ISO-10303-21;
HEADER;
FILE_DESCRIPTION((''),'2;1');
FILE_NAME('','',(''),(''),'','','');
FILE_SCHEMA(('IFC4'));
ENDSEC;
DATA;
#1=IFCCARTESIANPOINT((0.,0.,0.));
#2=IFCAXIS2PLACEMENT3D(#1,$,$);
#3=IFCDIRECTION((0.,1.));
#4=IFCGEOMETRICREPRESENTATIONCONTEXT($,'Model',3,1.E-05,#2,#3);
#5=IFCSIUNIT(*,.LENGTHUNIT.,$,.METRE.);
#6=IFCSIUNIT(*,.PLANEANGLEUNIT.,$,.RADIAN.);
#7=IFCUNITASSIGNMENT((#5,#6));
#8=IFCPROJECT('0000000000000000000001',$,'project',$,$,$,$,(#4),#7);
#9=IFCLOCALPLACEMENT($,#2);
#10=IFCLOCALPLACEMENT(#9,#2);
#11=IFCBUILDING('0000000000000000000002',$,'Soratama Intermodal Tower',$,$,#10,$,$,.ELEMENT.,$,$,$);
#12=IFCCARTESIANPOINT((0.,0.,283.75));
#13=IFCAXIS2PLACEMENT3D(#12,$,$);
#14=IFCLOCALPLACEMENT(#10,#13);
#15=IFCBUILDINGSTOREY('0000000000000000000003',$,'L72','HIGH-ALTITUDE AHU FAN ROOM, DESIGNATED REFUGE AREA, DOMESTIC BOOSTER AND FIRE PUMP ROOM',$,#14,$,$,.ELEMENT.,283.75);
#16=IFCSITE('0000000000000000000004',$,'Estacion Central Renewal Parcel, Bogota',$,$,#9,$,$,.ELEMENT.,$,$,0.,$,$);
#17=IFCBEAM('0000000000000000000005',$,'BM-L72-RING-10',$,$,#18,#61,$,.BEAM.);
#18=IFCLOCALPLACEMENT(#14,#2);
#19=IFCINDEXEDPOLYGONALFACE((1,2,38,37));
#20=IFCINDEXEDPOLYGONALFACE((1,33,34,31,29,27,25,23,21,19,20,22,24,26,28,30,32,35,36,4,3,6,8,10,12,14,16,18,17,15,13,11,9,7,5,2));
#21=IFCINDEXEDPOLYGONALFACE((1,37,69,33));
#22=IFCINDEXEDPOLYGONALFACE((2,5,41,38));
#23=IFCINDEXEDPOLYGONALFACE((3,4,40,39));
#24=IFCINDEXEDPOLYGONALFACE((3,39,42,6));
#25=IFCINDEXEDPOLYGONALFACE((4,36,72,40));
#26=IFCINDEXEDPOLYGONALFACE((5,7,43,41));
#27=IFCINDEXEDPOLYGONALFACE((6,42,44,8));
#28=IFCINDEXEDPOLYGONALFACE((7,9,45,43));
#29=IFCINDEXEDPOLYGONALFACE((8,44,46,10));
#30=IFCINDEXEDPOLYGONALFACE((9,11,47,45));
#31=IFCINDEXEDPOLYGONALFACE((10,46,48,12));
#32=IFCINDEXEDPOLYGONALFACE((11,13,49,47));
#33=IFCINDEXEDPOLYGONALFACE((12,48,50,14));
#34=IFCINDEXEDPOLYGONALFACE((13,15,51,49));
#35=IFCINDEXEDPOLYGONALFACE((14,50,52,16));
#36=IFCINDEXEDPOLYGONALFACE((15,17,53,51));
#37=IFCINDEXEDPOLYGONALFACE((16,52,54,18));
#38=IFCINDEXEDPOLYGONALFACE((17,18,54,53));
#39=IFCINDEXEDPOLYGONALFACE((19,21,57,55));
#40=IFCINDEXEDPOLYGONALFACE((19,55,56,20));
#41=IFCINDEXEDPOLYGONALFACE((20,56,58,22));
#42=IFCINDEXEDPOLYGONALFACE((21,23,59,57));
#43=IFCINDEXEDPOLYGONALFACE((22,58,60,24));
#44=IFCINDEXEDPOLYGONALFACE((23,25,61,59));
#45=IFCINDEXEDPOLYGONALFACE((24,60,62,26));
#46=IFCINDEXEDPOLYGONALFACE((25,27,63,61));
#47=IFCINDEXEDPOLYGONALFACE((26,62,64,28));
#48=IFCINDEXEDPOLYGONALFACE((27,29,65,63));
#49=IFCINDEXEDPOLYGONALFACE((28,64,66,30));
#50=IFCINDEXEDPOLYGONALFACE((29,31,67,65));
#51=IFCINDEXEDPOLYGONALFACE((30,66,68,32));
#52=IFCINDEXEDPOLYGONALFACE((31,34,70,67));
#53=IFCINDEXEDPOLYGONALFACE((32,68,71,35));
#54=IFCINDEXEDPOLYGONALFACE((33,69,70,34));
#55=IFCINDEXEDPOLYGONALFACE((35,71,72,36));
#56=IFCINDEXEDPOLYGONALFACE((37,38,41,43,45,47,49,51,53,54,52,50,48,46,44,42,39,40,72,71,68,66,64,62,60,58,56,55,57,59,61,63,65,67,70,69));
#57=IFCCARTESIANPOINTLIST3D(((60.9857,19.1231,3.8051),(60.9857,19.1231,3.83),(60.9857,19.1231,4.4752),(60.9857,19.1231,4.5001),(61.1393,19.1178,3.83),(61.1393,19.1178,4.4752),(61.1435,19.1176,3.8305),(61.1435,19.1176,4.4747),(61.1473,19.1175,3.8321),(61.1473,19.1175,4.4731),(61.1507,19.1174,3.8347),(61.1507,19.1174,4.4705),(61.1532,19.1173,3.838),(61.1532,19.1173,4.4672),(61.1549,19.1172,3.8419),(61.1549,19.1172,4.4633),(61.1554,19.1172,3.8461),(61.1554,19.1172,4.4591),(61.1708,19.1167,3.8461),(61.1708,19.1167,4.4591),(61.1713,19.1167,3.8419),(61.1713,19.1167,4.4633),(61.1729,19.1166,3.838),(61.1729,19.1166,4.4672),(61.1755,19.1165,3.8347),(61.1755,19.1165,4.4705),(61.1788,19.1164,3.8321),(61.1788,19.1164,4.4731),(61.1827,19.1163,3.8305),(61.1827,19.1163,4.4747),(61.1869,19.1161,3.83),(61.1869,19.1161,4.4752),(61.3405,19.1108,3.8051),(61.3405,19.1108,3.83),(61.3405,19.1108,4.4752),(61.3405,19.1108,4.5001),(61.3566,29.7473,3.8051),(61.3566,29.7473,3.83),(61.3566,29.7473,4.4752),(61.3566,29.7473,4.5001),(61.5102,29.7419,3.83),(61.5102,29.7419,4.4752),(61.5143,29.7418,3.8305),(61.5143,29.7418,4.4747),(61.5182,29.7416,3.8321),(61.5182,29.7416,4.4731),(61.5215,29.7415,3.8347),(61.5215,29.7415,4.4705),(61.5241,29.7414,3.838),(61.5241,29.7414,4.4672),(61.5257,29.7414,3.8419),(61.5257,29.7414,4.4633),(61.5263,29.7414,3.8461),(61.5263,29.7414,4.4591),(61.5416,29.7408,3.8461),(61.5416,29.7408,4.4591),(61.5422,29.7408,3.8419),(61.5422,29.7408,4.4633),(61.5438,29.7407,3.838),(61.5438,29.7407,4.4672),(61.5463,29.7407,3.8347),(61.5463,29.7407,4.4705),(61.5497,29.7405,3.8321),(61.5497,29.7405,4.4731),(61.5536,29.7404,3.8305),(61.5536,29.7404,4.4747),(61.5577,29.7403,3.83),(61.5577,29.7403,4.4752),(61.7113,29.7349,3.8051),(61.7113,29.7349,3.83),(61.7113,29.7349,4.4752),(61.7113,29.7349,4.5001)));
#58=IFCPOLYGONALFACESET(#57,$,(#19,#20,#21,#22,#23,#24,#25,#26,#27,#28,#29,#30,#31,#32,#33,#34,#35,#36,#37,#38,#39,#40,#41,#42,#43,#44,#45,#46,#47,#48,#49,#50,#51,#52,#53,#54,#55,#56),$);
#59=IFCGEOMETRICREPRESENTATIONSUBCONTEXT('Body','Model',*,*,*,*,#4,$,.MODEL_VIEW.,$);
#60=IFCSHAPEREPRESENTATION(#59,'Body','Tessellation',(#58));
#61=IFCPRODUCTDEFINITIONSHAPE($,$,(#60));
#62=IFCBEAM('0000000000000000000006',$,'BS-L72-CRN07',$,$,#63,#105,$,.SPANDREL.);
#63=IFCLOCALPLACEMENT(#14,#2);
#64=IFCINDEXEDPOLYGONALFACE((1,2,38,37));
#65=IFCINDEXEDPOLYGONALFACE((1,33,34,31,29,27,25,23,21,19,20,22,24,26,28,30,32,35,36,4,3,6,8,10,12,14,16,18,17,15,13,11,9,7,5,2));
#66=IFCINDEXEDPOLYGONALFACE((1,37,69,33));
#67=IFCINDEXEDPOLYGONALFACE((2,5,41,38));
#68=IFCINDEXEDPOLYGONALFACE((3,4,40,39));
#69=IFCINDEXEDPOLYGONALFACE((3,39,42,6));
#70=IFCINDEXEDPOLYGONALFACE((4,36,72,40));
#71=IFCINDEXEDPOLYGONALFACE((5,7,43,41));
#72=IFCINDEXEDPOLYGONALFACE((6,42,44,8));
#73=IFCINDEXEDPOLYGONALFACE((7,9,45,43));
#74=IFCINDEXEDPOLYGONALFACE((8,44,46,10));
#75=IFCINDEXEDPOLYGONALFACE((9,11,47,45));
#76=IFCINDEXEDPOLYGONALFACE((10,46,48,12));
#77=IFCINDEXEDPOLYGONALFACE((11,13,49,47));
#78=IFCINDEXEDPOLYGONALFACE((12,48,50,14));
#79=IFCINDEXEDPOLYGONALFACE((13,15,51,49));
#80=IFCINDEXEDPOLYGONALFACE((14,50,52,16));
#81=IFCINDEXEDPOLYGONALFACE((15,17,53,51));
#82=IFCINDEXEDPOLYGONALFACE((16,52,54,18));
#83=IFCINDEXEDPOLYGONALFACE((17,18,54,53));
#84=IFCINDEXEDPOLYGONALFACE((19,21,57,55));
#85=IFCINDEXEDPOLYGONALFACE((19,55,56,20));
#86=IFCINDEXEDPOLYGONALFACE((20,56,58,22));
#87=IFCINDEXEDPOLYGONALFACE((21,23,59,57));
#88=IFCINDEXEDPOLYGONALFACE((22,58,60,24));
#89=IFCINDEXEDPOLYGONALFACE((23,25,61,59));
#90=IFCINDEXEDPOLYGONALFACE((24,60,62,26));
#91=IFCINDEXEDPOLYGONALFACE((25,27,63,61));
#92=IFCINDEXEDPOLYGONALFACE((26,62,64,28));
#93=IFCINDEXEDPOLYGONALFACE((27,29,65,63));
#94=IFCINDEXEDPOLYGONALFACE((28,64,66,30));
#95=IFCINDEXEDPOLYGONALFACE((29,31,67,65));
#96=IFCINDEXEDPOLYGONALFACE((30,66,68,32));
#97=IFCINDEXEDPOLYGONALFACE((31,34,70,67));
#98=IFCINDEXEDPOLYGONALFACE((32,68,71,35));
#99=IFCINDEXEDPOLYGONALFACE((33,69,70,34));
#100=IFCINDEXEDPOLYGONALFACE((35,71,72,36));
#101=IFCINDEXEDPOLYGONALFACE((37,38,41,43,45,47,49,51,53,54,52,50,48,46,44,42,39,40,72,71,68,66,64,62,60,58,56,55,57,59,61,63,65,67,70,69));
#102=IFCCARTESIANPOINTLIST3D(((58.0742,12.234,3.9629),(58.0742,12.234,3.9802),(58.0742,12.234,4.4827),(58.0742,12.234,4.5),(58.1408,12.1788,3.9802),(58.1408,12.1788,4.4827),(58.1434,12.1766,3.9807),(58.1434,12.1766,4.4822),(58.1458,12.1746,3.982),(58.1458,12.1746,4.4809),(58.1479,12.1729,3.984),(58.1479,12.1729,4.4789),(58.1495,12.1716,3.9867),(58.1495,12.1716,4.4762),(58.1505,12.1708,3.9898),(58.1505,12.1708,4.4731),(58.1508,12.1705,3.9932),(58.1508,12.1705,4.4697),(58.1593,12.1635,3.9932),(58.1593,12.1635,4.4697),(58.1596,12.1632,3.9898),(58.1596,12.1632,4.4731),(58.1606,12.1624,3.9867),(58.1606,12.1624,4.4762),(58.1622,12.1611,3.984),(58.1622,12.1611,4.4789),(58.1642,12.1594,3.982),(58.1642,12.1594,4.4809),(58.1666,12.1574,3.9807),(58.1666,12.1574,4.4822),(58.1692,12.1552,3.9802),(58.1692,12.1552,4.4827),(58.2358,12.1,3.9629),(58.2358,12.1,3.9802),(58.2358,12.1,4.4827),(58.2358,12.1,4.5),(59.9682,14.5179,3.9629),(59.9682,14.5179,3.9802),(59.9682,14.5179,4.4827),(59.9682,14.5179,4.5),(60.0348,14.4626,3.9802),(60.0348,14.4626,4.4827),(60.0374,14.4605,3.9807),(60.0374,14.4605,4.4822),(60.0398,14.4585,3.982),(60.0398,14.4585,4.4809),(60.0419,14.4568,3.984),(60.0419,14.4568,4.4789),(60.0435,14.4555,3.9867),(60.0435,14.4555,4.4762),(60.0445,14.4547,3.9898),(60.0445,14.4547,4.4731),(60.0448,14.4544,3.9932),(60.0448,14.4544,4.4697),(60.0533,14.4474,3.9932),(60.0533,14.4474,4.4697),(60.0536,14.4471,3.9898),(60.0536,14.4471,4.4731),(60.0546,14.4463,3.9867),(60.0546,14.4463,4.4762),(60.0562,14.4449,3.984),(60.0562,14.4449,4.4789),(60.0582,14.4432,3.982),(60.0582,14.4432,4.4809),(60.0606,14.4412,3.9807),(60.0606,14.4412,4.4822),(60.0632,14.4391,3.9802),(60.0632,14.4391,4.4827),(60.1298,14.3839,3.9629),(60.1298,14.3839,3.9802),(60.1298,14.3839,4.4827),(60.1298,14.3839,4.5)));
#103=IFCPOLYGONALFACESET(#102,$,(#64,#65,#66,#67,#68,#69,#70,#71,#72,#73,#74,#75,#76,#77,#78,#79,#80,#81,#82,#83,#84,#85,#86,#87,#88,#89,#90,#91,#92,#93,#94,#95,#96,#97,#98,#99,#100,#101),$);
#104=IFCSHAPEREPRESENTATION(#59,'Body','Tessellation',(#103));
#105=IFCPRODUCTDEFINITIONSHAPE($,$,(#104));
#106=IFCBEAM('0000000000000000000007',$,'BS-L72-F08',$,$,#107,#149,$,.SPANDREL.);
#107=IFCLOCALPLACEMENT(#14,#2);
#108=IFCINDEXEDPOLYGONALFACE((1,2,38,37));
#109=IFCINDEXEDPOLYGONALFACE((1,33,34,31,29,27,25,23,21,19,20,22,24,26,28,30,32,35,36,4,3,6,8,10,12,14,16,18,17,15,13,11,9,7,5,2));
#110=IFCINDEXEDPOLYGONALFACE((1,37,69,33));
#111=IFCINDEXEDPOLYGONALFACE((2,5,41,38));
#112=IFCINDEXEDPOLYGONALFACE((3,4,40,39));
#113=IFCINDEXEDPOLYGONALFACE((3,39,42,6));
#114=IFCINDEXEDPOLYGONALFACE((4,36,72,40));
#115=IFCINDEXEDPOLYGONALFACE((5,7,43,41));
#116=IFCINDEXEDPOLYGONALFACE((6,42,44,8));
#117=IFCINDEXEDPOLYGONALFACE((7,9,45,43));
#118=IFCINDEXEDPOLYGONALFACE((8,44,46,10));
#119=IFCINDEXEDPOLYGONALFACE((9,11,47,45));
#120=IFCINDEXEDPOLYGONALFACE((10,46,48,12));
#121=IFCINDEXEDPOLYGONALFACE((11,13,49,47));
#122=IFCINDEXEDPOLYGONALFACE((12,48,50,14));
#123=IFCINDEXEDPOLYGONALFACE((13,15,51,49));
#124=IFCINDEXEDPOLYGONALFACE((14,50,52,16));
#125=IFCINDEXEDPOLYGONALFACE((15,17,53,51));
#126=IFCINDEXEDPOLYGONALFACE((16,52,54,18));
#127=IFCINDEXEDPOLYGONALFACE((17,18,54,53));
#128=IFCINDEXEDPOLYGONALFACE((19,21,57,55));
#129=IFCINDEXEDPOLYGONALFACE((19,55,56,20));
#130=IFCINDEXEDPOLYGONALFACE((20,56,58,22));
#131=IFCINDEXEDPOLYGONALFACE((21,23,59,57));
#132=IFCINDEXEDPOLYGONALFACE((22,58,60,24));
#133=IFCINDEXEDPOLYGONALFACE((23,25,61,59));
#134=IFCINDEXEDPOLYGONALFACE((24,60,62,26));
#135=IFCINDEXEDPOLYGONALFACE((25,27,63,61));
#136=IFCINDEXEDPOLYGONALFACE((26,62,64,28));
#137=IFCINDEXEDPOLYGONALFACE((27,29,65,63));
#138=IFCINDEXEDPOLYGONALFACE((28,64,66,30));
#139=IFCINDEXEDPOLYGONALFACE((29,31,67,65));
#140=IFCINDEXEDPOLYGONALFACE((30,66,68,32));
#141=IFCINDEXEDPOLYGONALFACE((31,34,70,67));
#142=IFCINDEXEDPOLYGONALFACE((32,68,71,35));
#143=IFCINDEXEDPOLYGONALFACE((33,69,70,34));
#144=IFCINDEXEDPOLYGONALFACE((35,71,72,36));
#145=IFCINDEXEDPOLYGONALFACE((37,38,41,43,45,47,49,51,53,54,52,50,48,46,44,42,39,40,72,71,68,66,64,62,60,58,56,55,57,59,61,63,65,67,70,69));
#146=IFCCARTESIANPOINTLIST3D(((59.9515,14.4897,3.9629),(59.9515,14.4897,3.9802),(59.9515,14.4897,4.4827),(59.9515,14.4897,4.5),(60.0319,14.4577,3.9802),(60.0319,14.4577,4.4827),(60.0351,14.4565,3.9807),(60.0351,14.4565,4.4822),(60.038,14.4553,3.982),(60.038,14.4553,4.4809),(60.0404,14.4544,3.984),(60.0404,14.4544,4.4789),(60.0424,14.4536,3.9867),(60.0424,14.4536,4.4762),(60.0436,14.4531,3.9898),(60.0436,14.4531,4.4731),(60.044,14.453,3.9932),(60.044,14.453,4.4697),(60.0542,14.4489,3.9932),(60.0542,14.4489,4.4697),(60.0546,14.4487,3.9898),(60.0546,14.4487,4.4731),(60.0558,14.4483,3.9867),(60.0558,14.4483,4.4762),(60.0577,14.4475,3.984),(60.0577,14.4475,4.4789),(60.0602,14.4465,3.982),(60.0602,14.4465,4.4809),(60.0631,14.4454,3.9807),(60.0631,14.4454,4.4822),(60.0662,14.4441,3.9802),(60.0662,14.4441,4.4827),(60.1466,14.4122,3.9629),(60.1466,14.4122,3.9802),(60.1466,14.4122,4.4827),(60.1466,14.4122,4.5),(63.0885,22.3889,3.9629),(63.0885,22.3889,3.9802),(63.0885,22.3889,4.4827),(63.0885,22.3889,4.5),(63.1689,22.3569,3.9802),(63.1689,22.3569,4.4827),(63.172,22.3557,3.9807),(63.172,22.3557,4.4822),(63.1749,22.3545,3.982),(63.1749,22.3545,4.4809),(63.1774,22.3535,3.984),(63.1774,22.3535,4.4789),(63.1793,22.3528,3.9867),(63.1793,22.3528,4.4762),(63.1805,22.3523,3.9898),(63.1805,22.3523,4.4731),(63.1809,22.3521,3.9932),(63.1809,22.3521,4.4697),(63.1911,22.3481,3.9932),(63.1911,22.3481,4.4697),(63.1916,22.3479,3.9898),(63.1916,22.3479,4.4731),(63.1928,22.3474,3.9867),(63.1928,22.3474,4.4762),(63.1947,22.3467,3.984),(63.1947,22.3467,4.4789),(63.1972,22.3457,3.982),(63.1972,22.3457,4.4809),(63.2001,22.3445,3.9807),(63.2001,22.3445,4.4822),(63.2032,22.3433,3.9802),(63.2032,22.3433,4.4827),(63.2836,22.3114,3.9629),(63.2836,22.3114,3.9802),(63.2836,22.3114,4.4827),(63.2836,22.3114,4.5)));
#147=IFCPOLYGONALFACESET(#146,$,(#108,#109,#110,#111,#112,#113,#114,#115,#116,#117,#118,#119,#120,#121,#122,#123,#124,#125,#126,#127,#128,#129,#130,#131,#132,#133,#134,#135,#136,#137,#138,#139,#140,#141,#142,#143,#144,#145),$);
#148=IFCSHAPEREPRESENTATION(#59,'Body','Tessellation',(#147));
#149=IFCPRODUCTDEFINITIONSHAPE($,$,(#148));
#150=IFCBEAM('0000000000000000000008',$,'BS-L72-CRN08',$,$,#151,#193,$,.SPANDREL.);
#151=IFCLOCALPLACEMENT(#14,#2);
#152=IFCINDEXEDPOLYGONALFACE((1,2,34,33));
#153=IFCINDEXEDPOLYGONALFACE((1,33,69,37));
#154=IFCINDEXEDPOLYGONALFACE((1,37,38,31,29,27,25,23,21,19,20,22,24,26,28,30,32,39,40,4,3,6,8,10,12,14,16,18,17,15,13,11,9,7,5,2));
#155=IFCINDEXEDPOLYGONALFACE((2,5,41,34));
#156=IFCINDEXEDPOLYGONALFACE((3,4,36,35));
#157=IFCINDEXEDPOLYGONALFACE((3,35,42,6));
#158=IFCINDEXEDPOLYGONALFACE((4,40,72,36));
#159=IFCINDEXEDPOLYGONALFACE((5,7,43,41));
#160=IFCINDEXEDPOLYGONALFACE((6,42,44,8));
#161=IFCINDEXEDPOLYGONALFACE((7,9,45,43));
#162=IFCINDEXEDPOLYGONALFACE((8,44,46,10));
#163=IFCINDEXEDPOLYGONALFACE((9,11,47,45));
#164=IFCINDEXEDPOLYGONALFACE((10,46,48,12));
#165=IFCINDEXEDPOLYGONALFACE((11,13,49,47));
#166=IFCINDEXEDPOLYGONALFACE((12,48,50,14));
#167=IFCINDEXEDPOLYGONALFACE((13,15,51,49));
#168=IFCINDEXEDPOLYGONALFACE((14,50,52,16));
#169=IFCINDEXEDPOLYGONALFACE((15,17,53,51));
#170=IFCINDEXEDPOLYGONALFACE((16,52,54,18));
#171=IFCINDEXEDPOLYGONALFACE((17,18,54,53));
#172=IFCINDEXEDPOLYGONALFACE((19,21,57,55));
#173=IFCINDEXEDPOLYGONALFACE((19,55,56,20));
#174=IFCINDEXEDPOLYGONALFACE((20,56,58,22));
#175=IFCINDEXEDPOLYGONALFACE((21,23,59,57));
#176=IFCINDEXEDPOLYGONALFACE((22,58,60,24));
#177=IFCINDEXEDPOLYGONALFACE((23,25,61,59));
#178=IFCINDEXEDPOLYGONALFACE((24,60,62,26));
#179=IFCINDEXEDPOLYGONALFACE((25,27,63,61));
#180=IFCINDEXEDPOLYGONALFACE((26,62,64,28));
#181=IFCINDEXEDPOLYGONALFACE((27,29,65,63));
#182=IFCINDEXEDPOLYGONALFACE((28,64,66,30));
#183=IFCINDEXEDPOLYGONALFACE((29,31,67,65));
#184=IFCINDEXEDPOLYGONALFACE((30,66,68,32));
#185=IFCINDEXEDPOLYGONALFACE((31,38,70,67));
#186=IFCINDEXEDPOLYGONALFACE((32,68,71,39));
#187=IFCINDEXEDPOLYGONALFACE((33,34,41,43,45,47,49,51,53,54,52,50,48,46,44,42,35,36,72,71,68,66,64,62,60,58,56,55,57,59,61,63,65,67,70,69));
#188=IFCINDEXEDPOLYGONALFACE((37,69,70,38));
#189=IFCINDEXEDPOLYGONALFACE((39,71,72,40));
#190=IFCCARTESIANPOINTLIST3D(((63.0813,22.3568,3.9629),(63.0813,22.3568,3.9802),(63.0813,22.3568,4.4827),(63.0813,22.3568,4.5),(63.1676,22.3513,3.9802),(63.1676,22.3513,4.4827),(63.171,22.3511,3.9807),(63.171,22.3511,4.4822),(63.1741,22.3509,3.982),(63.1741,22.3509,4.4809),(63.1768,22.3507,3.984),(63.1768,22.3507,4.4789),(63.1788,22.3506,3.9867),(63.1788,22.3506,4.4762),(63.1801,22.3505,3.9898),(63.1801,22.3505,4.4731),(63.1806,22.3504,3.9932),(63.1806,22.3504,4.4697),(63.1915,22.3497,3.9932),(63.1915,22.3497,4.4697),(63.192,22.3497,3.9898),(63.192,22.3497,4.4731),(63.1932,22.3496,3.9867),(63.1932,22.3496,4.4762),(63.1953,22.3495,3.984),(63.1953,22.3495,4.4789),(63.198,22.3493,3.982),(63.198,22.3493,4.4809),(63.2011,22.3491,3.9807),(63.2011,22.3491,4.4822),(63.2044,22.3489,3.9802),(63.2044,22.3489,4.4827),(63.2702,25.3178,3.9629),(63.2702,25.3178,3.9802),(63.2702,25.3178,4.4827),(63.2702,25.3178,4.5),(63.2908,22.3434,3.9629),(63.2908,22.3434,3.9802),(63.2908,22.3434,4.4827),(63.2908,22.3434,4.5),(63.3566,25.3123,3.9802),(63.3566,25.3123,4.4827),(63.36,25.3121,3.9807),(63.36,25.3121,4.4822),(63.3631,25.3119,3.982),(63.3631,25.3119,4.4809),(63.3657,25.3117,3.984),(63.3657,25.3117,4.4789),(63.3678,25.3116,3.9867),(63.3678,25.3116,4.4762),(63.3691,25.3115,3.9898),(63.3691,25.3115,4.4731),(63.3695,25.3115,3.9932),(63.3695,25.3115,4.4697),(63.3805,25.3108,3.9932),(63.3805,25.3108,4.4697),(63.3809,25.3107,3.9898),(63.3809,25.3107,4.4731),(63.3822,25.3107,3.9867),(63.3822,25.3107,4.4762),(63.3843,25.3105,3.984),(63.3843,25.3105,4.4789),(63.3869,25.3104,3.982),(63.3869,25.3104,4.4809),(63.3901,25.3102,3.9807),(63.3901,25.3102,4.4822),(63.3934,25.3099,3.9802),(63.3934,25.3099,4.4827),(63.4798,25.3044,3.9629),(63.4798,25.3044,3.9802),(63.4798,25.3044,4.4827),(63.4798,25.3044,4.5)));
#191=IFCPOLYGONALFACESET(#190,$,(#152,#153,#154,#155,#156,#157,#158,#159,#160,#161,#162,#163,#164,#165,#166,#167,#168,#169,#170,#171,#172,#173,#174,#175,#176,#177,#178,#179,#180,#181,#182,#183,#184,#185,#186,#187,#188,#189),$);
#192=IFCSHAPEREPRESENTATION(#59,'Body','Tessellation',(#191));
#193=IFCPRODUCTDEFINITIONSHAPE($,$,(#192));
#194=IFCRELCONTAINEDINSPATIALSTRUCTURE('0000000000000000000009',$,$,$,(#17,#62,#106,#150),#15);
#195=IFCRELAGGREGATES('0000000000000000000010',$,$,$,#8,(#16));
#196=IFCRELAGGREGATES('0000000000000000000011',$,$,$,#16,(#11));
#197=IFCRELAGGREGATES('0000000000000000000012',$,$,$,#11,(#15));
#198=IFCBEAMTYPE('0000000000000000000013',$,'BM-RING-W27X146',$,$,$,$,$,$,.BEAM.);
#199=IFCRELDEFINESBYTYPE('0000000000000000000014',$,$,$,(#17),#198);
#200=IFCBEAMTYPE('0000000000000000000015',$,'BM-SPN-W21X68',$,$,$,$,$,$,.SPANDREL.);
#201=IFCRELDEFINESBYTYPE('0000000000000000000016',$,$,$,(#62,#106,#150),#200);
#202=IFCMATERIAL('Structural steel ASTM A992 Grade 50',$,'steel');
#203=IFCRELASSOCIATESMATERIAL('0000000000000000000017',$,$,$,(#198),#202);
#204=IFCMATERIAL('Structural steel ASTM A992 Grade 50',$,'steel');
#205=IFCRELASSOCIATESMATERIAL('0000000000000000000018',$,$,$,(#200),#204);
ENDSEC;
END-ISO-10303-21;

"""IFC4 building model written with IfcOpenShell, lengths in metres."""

from ifc_helpers import new_model, si_unit, direction, frame, origin, origin_2d, place, context, subcontext, project, spatial, i_section, extrude, material, material_profile, profile_set, type_object, element, save


model = new_model("IFC4")

# Units and contexts
model_context = context("Model", 3, precision=1e-05, world=origin(), true_north=direction((0.0, 1.0)))
body_context = subcontext(model_context, "Body", "Model", "MODEL_VIEW")
ifc_project = project(units=[si_unit("LENGTHUNIT", "METRE"), si_unit("PLANEANGLEUNIT", "RADIAN")], contexts=[model_context])

# Site, building, storey
site_placement = place(None, origin())
site = spatial("IfcSite", under=ifc_project, at=site_placement, Name="Estacion Central Renewal Parcel, Bogota", CompositionType="ELEMENT", RefElevation=0.0)
building_placement = place(site_placement, origin())
building = spatial("IfcBuilding", under=site, at=building_placement, Name="Soratama Intermodal Tower", CompositionType="ELEMENT")
storey_placement = place(building_placement, frame((0.0, 0.0, 283.75)))
storey = spatial("IfcBuildingStorey", under=building, at=storey_placement, Name="L72", Description="HIGH-ALTITUDE AHU FAN ROOM, DESIGNATED REFUGE AREA, DOMESTIC BOOSTER AND FIRE PUMP ROOM", CompositionType="ELEMENT", Elevation=283.75)

# Beams
ifc_material_1 = material(Name="Structural steel ASTM A992 Grade 50", Category="steel")
ifc_material_profile_1 = material_profile(ifc_material_1, i_section(OverallWidth=0.355, OverallDepth=0.6951, WebThickness=0.0154, FlangeThickness=0.0249, FilletRadius=0.0161, at=origin_2d()), Name="W27X146")
ifc_profile_set_1 = profile_set([ifc_material_profile_1], Name="Structural steel ASTM A992 Grade 50")
beam_type_1 = type_object("IfcBeamType", Name="BM-RING-W27X146", PredefinedType="BEAM", material=ifc_profile_set_1)
beam_1_placement = place(storey_placement, frame((61.1631, 19.1169, 4.1526), z_axis=(0.034885, 0.999391, 0.0), x_axis=(-0.999391, 0.034885, 0.0)))
element("IfcBeam", 1, at=beam_1_placement, inside=storey, type_object=beam_type_1, Name="BM-L72-RING-10", PredefinedType="BEAM", context=body_context, shape_type="SweptSolid", body=[
    extrude(i_section(OverallWidth=0.355, OverallDepth=0.6951, WebThickness=0.0154, FlangeThickness=0.0249, FilletRadius=0.0161, at=origin_2d()), origin(), (0.0, 0.0, 1.0), 10.6306),
])
ifc_material_2 = material(Name="Structural steel ASTM A992 Grade 50", Category="steel")
ifc_material_profile_2 = material_profile(ifc_material_2, i_section(OverallWidth=0.21, OverallDepth=0.5371, WebThickness=0.011, FlangeThickness=0.0173, FilletRadius=0.0129, at=origin_2d()), Name="W21X68")
ifc_profile_set_2 = profile_set([ifc_material_profile_2], Name="Structural steel ASTM A992 Grade 50")
beam_type_2 = type_object("IfcBeamType", Name="BM-SPN-W21X68", PredefinedType="SPANDREL", material=ifc_profile_set_2)
beam_2_placement = place(storey_placement, frame((58.155, 12.167, 4.2314), z_axis=(0.638345, 0.76975, 0.0), x_axis=(-0.76975, 0.638345, 0.0)))
element("IfcBeam", 2, at=beam_2_placement, inside=storey, type_object=beam_type_2, Name="BS-L72-CRN07", PredefinedType="SPANDREL", context=body_context, shape_type="SweptSolid", body=[
    extrude(i_section(OverallWidth=0.21, OverallDepth=0.5371, WebThickness=0.011, FlangeThickness=0.0173, FilletRadius=0.0129, at=origin_2d()), origin(), (0.0, 0.0, 1.0), 2.967),
])
beam_3_placement = place(storey_placement, frame((60.0491, 14.4509, 4.2314), z_axis=(0.369087, 0.929395, 0.0), x_axis=(-0.929395, 0.369087, 0.0)))
element("IfcBeam", 3, at=beam_3_placement, inside=storey, type_object=beam_type_2, Name="BS-L72-F08", PredefinedType="SPANDREL", context=body_context, shape_type="SweptSolid", body=[
    extrude(i_section(OverallWidth=0.21, OverallDepth=0.5371, WebThickness=0.011, FlangeThickness=0.0173, FilletRadius=0.0129, at=origin_2d()), origin(), (0.0, 0.0, 1.0), 8.4993),
])
beam_4_placement = place(storey_placement, frame((63.186, 22.3501, 4.2314), z_axis=(0.06369, 0.99797, 0.0), x_axis=(-0.99797, 0.06369, 0.0)))
element("IfcBeam", 4, at=beam_4_placement, inside=storey, type_object=beam_type_2, Name="BS-L72-CRN08", PredefinedType="SPANDREL", context=body_context, shape_type="SweptSolid", body=[
    extrude(i_section(OverallWidth=0.21, OverallDepth=0.5371, WebThickness=0.011, FlangeThickness=0.0173, FilletRadius=0.0129, at=origin_2d()), origin(), (0.0, 0.0, 1.0), 2.967),
])

save(model, "model.ifc")
